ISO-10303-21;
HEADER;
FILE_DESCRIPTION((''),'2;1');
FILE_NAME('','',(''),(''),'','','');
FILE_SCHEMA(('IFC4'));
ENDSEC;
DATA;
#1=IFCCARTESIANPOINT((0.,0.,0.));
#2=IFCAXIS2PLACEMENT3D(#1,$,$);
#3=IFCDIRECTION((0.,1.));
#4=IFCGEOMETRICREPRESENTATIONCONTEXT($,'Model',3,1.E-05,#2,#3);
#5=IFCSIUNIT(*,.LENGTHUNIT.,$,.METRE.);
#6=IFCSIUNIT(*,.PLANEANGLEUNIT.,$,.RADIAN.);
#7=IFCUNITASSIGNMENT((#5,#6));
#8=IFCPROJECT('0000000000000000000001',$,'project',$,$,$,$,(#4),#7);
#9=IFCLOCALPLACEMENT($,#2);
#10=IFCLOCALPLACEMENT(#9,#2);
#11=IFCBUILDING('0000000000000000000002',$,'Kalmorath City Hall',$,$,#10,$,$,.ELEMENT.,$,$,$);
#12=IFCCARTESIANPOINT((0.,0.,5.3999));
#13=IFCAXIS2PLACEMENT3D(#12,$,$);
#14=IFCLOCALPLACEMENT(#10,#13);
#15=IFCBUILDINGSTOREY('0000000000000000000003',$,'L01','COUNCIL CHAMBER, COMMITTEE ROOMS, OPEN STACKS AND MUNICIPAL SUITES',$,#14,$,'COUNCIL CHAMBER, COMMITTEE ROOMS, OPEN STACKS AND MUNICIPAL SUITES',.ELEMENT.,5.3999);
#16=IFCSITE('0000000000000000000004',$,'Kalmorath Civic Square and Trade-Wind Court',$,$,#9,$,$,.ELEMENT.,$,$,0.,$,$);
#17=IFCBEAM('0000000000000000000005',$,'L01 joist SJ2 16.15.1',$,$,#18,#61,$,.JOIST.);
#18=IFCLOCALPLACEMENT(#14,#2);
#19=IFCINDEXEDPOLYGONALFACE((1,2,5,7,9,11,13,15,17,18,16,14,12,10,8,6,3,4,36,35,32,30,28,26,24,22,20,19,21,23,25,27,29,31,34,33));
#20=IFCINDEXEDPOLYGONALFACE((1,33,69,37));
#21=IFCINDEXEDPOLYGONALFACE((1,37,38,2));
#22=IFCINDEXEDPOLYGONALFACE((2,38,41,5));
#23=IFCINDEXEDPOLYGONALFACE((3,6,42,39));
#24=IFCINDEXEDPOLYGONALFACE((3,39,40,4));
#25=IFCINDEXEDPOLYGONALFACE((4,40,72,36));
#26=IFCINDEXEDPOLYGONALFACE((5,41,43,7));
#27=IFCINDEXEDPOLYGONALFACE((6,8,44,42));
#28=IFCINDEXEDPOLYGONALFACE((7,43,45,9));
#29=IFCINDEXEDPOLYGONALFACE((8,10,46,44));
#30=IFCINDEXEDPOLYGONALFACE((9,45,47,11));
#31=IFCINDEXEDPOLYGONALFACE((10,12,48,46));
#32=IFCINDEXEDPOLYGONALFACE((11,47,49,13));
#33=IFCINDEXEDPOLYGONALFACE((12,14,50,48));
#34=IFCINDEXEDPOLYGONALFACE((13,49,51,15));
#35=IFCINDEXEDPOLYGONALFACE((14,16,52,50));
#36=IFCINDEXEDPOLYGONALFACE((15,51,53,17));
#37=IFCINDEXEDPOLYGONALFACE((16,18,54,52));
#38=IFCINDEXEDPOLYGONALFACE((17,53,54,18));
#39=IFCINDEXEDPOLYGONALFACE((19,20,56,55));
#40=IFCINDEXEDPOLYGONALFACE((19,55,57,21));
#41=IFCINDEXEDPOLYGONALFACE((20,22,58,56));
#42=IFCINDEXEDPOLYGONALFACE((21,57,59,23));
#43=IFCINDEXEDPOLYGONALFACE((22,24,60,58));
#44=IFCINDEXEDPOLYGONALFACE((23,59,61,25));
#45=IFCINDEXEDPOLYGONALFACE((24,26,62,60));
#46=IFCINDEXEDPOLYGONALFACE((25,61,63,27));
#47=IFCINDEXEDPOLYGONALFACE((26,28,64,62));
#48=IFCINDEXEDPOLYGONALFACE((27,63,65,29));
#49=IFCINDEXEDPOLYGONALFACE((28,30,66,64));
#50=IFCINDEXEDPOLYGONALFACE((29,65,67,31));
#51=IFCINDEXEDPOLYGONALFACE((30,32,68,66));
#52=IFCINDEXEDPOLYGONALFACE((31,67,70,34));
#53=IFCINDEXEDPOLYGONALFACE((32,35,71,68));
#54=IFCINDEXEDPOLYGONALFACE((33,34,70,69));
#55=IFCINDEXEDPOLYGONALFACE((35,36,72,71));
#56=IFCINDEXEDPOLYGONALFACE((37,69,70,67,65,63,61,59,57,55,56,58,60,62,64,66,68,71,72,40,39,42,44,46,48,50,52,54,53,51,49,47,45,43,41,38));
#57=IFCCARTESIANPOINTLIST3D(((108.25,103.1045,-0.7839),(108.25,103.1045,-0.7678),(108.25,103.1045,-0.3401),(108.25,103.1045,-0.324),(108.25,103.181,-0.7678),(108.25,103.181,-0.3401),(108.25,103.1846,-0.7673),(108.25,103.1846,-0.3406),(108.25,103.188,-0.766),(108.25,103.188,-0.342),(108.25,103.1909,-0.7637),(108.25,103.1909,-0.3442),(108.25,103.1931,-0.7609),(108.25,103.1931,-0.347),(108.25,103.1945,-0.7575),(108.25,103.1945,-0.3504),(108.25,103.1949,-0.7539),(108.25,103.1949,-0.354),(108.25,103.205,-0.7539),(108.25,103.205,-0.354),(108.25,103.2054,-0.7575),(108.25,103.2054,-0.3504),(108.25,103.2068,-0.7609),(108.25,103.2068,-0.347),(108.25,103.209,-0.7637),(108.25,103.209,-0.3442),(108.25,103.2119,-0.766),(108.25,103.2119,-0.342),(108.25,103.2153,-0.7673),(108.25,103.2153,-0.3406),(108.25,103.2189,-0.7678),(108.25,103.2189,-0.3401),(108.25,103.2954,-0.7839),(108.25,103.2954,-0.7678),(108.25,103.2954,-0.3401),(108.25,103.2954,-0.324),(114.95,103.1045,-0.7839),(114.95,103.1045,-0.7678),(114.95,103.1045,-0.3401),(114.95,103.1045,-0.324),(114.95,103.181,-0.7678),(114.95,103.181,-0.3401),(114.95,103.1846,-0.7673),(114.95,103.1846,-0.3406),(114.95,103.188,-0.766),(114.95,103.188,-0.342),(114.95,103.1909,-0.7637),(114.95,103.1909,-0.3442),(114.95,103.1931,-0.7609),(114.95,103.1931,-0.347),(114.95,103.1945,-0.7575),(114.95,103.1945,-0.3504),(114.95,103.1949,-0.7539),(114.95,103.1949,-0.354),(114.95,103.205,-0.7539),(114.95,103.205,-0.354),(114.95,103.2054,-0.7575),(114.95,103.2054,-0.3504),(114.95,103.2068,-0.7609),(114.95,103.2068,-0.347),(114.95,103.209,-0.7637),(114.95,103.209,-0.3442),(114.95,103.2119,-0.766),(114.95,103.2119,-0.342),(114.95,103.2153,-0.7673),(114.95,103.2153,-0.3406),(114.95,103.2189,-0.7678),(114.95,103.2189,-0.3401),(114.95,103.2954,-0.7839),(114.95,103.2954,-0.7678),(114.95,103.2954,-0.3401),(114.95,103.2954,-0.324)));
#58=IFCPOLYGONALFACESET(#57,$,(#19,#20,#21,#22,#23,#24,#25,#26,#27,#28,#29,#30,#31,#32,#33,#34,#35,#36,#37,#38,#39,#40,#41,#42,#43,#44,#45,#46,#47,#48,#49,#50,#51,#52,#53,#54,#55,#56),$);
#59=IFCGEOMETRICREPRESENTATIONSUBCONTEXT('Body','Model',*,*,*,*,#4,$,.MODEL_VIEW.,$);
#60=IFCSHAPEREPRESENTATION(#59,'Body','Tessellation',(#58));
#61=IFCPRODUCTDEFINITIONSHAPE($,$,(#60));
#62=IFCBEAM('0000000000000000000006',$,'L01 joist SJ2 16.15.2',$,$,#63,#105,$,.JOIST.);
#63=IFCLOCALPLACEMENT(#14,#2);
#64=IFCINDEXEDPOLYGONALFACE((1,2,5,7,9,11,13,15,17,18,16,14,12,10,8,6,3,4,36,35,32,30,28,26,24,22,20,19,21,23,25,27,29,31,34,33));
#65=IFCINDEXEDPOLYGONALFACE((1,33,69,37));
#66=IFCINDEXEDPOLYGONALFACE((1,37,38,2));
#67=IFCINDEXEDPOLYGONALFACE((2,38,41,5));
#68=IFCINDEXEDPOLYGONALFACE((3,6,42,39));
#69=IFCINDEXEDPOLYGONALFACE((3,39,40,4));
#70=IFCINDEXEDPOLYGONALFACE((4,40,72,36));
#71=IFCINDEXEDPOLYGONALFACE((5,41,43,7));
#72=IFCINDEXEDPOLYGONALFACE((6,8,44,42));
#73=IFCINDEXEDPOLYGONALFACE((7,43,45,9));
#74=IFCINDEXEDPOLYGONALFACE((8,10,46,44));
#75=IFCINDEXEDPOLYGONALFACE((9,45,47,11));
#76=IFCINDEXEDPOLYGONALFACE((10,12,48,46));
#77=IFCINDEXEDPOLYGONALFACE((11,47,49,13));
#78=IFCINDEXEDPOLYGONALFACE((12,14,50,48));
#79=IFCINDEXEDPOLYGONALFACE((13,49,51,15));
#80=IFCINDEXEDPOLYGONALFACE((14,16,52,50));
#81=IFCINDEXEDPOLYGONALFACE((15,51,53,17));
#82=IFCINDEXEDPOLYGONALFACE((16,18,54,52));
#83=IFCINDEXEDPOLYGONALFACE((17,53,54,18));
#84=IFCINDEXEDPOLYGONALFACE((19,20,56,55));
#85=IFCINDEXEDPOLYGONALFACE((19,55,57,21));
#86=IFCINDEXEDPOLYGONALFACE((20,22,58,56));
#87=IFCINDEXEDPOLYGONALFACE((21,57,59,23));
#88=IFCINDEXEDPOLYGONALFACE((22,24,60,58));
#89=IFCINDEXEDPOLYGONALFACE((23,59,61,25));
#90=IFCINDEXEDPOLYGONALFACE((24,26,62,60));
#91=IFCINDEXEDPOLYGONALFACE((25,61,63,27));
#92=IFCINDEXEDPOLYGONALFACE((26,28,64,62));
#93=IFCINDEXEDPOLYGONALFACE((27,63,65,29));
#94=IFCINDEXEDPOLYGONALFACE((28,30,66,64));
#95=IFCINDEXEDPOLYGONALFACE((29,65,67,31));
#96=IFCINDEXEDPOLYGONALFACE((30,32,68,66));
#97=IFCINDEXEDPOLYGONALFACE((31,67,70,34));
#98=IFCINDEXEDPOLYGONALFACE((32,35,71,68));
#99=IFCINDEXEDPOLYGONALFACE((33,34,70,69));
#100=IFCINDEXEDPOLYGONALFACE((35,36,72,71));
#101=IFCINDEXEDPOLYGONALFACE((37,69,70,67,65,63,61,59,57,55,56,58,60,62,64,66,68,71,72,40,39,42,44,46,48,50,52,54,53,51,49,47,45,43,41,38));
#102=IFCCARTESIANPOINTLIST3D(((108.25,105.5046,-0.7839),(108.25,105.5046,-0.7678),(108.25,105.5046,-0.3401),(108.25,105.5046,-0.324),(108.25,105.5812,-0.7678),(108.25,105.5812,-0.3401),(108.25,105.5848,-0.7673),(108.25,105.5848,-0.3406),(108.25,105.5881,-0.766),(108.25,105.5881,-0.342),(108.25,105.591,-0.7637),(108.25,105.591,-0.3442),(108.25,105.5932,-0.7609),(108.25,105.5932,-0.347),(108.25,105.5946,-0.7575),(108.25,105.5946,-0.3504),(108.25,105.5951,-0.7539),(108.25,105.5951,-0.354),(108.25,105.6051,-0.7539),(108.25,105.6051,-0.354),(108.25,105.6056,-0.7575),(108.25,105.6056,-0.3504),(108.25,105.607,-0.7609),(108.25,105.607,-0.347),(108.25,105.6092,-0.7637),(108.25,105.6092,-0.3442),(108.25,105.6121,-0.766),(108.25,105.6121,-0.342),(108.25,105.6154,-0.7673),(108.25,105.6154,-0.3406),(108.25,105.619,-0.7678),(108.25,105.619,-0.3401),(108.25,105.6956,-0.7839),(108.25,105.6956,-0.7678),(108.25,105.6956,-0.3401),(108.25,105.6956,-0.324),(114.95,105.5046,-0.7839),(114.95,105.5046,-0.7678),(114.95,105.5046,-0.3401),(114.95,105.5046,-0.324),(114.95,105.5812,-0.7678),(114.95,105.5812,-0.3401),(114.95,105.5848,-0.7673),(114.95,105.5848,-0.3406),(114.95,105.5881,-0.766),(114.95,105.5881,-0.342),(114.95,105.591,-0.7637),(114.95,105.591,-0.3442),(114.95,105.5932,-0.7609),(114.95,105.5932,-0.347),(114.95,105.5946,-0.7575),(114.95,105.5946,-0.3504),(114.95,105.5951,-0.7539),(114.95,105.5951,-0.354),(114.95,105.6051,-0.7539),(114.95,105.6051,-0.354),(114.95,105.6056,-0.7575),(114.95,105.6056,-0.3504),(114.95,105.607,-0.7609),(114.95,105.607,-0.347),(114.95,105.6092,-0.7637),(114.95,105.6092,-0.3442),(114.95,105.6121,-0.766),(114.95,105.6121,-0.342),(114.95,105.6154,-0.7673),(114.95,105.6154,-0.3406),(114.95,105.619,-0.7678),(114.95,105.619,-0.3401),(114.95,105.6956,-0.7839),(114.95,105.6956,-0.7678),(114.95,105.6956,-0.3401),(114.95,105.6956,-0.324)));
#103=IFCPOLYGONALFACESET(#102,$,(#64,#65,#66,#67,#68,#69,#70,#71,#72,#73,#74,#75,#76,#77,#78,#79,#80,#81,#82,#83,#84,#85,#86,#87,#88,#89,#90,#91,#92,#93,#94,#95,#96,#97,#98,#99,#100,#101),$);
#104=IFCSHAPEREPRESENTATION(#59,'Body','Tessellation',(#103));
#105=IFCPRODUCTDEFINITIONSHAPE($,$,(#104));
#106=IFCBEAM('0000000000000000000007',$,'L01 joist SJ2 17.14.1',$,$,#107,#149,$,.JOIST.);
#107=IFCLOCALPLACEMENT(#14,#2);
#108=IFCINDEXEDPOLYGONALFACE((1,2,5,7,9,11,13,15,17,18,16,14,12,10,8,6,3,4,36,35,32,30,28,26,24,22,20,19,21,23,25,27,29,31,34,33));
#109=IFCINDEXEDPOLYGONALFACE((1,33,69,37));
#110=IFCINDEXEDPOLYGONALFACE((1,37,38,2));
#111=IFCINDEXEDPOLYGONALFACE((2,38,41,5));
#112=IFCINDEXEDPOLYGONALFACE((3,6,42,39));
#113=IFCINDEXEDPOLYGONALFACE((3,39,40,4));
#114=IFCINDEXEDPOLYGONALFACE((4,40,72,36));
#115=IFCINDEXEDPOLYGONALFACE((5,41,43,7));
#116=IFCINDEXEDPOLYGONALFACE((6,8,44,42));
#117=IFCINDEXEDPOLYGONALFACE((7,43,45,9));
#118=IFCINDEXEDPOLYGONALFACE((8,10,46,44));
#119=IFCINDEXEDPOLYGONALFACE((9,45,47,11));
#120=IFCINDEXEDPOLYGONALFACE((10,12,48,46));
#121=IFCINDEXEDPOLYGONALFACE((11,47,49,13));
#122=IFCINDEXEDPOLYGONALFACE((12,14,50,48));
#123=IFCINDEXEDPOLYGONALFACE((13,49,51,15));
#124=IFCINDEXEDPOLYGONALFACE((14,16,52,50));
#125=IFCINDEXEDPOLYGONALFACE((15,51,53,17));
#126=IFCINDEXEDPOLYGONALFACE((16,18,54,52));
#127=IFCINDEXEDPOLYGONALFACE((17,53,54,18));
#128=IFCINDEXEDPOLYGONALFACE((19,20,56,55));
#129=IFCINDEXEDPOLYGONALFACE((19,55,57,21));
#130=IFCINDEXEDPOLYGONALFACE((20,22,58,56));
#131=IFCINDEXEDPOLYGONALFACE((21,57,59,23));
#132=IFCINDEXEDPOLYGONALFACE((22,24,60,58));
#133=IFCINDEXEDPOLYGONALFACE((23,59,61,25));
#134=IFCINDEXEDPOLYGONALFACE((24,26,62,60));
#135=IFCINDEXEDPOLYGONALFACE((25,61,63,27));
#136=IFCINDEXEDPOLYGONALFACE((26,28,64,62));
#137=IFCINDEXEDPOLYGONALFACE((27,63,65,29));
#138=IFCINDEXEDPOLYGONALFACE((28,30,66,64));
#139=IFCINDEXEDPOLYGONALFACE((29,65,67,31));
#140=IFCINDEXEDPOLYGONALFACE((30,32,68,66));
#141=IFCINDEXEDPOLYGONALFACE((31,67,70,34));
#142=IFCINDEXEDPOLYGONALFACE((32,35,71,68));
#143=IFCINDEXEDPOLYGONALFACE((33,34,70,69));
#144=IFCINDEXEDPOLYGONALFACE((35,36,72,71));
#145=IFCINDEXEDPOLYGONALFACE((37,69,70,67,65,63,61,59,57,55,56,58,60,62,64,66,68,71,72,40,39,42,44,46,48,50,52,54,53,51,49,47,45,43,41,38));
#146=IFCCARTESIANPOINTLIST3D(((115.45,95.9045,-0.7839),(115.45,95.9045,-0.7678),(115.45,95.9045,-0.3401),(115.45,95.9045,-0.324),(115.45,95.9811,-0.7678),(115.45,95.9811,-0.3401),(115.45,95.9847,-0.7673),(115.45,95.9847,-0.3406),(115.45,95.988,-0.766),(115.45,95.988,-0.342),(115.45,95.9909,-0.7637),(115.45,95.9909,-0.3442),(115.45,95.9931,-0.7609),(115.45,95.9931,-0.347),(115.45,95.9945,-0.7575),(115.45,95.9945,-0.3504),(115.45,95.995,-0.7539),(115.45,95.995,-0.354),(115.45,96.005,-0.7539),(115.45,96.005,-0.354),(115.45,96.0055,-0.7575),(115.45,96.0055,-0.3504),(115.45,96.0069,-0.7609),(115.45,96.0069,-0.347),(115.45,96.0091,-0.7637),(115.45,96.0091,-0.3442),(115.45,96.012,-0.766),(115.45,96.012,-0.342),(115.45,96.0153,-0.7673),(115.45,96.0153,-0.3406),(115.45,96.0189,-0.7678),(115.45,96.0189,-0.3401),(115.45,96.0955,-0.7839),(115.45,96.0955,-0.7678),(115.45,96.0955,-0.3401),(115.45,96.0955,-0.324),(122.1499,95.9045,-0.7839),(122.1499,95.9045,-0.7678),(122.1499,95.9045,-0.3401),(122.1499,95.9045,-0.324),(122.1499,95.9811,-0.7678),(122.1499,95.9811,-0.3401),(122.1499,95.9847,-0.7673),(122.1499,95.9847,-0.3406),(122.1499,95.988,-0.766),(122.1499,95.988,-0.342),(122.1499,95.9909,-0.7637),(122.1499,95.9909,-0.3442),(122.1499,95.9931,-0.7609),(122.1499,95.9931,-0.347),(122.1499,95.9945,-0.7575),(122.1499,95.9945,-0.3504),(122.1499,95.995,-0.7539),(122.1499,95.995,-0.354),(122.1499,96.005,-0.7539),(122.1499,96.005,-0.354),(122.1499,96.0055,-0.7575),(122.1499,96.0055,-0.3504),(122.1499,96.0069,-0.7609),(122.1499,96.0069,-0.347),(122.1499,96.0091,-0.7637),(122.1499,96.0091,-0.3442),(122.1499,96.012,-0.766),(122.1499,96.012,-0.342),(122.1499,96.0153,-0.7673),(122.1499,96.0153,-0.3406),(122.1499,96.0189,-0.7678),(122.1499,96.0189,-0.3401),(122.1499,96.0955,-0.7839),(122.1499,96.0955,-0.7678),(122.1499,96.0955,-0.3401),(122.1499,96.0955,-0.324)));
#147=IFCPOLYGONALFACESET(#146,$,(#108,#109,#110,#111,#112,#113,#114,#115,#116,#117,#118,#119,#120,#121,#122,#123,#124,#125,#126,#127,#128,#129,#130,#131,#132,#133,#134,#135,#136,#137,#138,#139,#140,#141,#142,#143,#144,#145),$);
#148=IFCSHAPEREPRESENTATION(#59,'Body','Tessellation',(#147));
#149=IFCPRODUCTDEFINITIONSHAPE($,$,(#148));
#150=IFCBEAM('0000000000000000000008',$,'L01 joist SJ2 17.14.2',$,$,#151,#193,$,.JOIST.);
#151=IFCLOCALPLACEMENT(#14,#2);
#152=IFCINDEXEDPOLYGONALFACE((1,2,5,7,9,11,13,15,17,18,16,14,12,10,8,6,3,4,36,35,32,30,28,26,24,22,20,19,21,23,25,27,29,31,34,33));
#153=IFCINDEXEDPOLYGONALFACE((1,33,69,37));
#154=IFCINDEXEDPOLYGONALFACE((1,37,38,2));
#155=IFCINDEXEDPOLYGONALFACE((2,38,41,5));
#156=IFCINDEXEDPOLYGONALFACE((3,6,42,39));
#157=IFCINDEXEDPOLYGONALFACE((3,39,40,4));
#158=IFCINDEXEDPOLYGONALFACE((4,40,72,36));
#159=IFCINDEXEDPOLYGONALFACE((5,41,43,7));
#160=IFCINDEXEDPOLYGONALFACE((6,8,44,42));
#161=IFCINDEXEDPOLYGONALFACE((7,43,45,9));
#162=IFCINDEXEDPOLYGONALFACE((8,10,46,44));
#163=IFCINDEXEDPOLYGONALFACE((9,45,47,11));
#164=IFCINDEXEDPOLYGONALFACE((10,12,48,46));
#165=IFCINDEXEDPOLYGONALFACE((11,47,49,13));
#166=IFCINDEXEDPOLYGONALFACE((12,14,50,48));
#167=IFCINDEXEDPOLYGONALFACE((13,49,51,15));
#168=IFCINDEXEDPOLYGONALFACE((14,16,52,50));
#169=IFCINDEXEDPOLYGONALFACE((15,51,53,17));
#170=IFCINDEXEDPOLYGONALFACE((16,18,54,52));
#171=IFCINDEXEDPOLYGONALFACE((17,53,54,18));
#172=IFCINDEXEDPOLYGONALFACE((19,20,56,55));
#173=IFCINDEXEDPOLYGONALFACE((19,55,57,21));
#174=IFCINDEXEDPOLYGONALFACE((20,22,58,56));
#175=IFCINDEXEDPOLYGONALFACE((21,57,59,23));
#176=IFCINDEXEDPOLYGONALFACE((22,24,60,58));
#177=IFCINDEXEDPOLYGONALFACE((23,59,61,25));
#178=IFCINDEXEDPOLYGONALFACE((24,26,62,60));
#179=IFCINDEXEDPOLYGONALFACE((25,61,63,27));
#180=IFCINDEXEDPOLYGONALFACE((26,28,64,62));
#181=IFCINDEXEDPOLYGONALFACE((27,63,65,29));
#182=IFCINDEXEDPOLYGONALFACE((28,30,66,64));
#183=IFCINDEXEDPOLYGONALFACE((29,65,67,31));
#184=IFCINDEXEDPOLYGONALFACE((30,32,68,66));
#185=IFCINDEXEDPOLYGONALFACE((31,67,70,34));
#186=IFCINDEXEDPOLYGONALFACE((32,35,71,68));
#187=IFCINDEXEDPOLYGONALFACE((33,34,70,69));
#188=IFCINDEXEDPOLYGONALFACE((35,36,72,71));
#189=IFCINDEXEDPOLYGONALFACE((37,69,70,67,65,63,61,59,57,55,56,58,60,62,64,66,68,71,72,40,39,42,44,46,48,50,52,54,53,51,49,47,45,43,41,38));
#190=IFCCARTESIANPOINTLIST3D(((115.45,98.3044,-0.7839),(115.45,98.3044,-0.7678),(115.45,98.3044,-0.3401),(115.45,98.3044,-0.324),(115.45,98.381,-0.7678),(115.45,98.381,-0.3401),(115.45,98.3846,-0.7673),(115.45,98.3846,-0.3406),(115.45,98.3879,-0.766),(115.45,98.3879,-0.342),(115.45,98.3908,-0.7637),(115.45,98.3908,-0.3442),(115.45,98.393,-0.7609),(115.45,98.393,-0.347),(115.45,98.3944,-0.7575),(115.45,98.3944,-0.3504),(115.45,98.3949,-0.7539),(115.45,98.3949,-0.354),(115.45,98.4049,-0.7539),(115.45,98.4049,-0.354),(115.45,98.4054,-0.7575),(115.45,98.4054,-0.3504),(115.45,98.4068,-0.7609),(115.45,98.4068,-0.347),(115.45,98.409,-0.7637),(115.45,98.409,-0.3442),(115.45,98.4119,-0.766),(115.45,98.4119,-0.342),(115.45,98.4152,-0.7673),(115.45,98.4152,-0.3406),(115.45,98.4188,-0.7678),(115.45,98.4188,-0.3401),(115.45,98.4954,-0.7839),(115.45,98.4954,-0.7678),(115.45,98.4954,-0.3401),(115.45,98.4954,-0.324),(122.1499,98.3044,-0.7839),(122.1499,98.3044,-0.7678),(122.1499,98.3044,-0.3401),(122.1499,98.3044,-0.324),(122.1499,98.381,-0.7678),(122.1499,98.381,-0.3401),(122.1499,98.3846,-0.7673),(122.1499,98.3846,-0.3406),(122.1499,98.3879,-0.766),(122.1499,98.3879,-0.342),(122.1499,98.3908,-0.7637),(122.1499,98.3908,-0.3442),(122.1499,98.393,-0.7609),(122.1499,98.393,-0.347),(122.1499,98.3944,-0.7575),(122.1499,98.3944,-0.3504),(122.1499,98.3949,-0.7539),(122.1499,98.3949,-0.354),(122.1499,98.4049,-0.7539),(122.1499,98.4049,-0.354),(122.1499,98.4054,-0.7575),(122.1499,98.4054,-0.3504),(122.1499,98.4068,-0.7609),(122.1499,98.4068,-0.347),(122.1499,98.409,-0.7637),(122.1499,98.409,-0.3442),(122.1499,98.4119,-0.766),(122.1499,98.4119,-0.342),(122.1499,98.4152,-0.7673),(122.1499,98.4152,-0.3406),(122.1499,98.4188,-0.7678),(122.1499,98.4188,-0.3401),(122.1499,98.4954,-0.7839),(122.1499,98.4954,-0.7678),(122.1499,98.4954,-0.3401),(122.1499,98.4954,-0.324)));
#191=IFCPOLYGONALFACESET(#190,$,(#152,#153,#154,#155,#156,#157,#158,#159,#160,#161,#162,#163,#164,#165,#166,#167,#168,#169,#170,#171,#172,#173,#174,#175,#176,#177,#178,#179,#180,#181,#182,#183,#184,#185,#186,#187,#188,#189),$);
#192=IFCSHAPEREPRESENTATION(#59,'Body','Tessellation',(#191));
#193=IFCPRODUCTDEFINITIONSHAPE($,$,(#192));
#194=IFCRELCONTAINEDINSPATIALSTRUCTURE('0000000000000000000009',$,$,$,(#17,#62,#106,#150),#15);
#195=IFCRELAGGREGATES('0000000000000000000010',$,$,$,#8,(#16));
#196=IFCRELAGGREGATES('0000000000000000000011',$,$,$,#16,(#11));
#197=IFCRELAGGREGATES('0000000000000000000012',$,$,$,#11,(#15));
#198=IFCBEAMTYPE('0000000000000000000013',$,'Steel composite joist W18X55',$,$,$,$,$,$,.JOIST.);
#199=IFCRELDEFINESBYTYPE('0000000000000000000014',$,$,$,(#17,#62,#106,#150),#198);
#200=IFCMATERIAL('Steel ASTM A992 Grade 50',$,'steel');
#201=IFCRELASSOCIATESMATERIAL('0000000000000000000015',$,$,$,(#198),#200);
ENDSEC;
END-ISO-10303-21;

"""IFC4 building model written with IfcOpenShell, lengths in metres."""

from ifc_helpers import new_model, si_unit, direction, frame, origin, origin_2d, place, context, subcontext, project, spatial, i_section, extrude, material, material_profile, profile_set, type_object, element, save


model = new_model("IFC4")

# Units and contexts
model_context = context("Model", 3, precision=1e-05, world=origin(), true_north=direction((0.0, 1.0)))
body_context = subcontext(model_context, "Body", "Model", "MODEL_VIEW")
ifc_project = project(units=[si_unit("LENGTHUNIT", "METRE"), si_unit("PLANEANGLEUNIT", "RADIAN")], contexts=[model_context])

# Site, building, storey
site_placement = place(None, origin())
site = spatial("IfcSite", under=ifc_project, at=site_placement, Name="Kalmorath Civic Square and Trade-Wind Court", CompositionType="ELEMENT", RefElevation=0.0)
building_placement = place(site_placement, origin())
building = spatial("IfcBuilding", under=site, at=building_placement, Name="Kalmorath City Hall", CompositionType="ELEMENT")
storey_placement = place(building_placement, frame((0.0, 0.0, 5.3999)))
storey = spatial("IfcBuildingStorey", under=building, at=storey_placement, Name="L01", Description="COUNCIL CHAMBER, COMMITTEE ROOMS, OPEN STACKS AND MUNICIPAL SUITES", LongName="COUNCIL CHAMBER, COMMITTEE ROOMS, OPEN STACKS AND MUNICIPAL SUITES", CompositionType="ELEMENT", Elevation=5.3999)

# Beams
ifc_material_1 = material(Name="Steel ASTM A992 Grade 50", Category="steel")
ifc_material_profile_1 = material_profile(ifc_material_1, i_section(OverallWidth=0.1909, OverallDepth=0.46, WebThickness=0.01, FlangeThickness=0.0161, FilletRadius=0.0139, at=origin_2d()), Name="W18X55")
ifc_profile_set_1 = profile_set([ifc_material_profile_1], Name="Steel ASTM A992 Grade 50")
beam_type_1 = type_object("IfcBeamType", Name="Steel composite joist W18X55", PredefinedType="JOIST", material=ifc_profile_set_1)
for number, where, z_axis, x_axis, name in (
    (1, (108.25, 103.2, -0.554), (1.0, 0.0, 0.0), (0.0, 1.0, 0.0), "L01 joist SJ2 16.15.1"),
    (2, (108.25, 105.6001, -0.554), (1.0, 0.0, 0.0), (0.0, 1.0, 0.0), "L01 joist SJ2 16.15.2"),
    (3, (115.45, 96.0, -0.554), (1.0, 0.0, 0.0), (0.0, 1.0, 0.0), "L01 joist SJ2 17.14.1"),
    (4, (115.45, 98.3999, -0.554), (1.0, 0.0, 0.0), (0.0, 1.0, 0.0), "L01 joist SJ2 17.14.2"),
):
    element("IfcBeam", number, at=place(storey_placement, frame(where, z_axis=z_axis, x_axis=x_axis)), inside=storey, type_object=beam_type_1, Name=name, PredefinedType="JOIST", context=body_context, shape_type="SweptSolid", body=[
        extrude(i_section(OverallWidth=0.1909, OverallDepth=0.46, WebThickness=0.01, FlangeThickness=0.0161, FilletRadius=0.0139, at=origin_2d()), origin(), (0.0, 0.0, 1.0), 6.7),
    ])

save(model, "model.ifc")
